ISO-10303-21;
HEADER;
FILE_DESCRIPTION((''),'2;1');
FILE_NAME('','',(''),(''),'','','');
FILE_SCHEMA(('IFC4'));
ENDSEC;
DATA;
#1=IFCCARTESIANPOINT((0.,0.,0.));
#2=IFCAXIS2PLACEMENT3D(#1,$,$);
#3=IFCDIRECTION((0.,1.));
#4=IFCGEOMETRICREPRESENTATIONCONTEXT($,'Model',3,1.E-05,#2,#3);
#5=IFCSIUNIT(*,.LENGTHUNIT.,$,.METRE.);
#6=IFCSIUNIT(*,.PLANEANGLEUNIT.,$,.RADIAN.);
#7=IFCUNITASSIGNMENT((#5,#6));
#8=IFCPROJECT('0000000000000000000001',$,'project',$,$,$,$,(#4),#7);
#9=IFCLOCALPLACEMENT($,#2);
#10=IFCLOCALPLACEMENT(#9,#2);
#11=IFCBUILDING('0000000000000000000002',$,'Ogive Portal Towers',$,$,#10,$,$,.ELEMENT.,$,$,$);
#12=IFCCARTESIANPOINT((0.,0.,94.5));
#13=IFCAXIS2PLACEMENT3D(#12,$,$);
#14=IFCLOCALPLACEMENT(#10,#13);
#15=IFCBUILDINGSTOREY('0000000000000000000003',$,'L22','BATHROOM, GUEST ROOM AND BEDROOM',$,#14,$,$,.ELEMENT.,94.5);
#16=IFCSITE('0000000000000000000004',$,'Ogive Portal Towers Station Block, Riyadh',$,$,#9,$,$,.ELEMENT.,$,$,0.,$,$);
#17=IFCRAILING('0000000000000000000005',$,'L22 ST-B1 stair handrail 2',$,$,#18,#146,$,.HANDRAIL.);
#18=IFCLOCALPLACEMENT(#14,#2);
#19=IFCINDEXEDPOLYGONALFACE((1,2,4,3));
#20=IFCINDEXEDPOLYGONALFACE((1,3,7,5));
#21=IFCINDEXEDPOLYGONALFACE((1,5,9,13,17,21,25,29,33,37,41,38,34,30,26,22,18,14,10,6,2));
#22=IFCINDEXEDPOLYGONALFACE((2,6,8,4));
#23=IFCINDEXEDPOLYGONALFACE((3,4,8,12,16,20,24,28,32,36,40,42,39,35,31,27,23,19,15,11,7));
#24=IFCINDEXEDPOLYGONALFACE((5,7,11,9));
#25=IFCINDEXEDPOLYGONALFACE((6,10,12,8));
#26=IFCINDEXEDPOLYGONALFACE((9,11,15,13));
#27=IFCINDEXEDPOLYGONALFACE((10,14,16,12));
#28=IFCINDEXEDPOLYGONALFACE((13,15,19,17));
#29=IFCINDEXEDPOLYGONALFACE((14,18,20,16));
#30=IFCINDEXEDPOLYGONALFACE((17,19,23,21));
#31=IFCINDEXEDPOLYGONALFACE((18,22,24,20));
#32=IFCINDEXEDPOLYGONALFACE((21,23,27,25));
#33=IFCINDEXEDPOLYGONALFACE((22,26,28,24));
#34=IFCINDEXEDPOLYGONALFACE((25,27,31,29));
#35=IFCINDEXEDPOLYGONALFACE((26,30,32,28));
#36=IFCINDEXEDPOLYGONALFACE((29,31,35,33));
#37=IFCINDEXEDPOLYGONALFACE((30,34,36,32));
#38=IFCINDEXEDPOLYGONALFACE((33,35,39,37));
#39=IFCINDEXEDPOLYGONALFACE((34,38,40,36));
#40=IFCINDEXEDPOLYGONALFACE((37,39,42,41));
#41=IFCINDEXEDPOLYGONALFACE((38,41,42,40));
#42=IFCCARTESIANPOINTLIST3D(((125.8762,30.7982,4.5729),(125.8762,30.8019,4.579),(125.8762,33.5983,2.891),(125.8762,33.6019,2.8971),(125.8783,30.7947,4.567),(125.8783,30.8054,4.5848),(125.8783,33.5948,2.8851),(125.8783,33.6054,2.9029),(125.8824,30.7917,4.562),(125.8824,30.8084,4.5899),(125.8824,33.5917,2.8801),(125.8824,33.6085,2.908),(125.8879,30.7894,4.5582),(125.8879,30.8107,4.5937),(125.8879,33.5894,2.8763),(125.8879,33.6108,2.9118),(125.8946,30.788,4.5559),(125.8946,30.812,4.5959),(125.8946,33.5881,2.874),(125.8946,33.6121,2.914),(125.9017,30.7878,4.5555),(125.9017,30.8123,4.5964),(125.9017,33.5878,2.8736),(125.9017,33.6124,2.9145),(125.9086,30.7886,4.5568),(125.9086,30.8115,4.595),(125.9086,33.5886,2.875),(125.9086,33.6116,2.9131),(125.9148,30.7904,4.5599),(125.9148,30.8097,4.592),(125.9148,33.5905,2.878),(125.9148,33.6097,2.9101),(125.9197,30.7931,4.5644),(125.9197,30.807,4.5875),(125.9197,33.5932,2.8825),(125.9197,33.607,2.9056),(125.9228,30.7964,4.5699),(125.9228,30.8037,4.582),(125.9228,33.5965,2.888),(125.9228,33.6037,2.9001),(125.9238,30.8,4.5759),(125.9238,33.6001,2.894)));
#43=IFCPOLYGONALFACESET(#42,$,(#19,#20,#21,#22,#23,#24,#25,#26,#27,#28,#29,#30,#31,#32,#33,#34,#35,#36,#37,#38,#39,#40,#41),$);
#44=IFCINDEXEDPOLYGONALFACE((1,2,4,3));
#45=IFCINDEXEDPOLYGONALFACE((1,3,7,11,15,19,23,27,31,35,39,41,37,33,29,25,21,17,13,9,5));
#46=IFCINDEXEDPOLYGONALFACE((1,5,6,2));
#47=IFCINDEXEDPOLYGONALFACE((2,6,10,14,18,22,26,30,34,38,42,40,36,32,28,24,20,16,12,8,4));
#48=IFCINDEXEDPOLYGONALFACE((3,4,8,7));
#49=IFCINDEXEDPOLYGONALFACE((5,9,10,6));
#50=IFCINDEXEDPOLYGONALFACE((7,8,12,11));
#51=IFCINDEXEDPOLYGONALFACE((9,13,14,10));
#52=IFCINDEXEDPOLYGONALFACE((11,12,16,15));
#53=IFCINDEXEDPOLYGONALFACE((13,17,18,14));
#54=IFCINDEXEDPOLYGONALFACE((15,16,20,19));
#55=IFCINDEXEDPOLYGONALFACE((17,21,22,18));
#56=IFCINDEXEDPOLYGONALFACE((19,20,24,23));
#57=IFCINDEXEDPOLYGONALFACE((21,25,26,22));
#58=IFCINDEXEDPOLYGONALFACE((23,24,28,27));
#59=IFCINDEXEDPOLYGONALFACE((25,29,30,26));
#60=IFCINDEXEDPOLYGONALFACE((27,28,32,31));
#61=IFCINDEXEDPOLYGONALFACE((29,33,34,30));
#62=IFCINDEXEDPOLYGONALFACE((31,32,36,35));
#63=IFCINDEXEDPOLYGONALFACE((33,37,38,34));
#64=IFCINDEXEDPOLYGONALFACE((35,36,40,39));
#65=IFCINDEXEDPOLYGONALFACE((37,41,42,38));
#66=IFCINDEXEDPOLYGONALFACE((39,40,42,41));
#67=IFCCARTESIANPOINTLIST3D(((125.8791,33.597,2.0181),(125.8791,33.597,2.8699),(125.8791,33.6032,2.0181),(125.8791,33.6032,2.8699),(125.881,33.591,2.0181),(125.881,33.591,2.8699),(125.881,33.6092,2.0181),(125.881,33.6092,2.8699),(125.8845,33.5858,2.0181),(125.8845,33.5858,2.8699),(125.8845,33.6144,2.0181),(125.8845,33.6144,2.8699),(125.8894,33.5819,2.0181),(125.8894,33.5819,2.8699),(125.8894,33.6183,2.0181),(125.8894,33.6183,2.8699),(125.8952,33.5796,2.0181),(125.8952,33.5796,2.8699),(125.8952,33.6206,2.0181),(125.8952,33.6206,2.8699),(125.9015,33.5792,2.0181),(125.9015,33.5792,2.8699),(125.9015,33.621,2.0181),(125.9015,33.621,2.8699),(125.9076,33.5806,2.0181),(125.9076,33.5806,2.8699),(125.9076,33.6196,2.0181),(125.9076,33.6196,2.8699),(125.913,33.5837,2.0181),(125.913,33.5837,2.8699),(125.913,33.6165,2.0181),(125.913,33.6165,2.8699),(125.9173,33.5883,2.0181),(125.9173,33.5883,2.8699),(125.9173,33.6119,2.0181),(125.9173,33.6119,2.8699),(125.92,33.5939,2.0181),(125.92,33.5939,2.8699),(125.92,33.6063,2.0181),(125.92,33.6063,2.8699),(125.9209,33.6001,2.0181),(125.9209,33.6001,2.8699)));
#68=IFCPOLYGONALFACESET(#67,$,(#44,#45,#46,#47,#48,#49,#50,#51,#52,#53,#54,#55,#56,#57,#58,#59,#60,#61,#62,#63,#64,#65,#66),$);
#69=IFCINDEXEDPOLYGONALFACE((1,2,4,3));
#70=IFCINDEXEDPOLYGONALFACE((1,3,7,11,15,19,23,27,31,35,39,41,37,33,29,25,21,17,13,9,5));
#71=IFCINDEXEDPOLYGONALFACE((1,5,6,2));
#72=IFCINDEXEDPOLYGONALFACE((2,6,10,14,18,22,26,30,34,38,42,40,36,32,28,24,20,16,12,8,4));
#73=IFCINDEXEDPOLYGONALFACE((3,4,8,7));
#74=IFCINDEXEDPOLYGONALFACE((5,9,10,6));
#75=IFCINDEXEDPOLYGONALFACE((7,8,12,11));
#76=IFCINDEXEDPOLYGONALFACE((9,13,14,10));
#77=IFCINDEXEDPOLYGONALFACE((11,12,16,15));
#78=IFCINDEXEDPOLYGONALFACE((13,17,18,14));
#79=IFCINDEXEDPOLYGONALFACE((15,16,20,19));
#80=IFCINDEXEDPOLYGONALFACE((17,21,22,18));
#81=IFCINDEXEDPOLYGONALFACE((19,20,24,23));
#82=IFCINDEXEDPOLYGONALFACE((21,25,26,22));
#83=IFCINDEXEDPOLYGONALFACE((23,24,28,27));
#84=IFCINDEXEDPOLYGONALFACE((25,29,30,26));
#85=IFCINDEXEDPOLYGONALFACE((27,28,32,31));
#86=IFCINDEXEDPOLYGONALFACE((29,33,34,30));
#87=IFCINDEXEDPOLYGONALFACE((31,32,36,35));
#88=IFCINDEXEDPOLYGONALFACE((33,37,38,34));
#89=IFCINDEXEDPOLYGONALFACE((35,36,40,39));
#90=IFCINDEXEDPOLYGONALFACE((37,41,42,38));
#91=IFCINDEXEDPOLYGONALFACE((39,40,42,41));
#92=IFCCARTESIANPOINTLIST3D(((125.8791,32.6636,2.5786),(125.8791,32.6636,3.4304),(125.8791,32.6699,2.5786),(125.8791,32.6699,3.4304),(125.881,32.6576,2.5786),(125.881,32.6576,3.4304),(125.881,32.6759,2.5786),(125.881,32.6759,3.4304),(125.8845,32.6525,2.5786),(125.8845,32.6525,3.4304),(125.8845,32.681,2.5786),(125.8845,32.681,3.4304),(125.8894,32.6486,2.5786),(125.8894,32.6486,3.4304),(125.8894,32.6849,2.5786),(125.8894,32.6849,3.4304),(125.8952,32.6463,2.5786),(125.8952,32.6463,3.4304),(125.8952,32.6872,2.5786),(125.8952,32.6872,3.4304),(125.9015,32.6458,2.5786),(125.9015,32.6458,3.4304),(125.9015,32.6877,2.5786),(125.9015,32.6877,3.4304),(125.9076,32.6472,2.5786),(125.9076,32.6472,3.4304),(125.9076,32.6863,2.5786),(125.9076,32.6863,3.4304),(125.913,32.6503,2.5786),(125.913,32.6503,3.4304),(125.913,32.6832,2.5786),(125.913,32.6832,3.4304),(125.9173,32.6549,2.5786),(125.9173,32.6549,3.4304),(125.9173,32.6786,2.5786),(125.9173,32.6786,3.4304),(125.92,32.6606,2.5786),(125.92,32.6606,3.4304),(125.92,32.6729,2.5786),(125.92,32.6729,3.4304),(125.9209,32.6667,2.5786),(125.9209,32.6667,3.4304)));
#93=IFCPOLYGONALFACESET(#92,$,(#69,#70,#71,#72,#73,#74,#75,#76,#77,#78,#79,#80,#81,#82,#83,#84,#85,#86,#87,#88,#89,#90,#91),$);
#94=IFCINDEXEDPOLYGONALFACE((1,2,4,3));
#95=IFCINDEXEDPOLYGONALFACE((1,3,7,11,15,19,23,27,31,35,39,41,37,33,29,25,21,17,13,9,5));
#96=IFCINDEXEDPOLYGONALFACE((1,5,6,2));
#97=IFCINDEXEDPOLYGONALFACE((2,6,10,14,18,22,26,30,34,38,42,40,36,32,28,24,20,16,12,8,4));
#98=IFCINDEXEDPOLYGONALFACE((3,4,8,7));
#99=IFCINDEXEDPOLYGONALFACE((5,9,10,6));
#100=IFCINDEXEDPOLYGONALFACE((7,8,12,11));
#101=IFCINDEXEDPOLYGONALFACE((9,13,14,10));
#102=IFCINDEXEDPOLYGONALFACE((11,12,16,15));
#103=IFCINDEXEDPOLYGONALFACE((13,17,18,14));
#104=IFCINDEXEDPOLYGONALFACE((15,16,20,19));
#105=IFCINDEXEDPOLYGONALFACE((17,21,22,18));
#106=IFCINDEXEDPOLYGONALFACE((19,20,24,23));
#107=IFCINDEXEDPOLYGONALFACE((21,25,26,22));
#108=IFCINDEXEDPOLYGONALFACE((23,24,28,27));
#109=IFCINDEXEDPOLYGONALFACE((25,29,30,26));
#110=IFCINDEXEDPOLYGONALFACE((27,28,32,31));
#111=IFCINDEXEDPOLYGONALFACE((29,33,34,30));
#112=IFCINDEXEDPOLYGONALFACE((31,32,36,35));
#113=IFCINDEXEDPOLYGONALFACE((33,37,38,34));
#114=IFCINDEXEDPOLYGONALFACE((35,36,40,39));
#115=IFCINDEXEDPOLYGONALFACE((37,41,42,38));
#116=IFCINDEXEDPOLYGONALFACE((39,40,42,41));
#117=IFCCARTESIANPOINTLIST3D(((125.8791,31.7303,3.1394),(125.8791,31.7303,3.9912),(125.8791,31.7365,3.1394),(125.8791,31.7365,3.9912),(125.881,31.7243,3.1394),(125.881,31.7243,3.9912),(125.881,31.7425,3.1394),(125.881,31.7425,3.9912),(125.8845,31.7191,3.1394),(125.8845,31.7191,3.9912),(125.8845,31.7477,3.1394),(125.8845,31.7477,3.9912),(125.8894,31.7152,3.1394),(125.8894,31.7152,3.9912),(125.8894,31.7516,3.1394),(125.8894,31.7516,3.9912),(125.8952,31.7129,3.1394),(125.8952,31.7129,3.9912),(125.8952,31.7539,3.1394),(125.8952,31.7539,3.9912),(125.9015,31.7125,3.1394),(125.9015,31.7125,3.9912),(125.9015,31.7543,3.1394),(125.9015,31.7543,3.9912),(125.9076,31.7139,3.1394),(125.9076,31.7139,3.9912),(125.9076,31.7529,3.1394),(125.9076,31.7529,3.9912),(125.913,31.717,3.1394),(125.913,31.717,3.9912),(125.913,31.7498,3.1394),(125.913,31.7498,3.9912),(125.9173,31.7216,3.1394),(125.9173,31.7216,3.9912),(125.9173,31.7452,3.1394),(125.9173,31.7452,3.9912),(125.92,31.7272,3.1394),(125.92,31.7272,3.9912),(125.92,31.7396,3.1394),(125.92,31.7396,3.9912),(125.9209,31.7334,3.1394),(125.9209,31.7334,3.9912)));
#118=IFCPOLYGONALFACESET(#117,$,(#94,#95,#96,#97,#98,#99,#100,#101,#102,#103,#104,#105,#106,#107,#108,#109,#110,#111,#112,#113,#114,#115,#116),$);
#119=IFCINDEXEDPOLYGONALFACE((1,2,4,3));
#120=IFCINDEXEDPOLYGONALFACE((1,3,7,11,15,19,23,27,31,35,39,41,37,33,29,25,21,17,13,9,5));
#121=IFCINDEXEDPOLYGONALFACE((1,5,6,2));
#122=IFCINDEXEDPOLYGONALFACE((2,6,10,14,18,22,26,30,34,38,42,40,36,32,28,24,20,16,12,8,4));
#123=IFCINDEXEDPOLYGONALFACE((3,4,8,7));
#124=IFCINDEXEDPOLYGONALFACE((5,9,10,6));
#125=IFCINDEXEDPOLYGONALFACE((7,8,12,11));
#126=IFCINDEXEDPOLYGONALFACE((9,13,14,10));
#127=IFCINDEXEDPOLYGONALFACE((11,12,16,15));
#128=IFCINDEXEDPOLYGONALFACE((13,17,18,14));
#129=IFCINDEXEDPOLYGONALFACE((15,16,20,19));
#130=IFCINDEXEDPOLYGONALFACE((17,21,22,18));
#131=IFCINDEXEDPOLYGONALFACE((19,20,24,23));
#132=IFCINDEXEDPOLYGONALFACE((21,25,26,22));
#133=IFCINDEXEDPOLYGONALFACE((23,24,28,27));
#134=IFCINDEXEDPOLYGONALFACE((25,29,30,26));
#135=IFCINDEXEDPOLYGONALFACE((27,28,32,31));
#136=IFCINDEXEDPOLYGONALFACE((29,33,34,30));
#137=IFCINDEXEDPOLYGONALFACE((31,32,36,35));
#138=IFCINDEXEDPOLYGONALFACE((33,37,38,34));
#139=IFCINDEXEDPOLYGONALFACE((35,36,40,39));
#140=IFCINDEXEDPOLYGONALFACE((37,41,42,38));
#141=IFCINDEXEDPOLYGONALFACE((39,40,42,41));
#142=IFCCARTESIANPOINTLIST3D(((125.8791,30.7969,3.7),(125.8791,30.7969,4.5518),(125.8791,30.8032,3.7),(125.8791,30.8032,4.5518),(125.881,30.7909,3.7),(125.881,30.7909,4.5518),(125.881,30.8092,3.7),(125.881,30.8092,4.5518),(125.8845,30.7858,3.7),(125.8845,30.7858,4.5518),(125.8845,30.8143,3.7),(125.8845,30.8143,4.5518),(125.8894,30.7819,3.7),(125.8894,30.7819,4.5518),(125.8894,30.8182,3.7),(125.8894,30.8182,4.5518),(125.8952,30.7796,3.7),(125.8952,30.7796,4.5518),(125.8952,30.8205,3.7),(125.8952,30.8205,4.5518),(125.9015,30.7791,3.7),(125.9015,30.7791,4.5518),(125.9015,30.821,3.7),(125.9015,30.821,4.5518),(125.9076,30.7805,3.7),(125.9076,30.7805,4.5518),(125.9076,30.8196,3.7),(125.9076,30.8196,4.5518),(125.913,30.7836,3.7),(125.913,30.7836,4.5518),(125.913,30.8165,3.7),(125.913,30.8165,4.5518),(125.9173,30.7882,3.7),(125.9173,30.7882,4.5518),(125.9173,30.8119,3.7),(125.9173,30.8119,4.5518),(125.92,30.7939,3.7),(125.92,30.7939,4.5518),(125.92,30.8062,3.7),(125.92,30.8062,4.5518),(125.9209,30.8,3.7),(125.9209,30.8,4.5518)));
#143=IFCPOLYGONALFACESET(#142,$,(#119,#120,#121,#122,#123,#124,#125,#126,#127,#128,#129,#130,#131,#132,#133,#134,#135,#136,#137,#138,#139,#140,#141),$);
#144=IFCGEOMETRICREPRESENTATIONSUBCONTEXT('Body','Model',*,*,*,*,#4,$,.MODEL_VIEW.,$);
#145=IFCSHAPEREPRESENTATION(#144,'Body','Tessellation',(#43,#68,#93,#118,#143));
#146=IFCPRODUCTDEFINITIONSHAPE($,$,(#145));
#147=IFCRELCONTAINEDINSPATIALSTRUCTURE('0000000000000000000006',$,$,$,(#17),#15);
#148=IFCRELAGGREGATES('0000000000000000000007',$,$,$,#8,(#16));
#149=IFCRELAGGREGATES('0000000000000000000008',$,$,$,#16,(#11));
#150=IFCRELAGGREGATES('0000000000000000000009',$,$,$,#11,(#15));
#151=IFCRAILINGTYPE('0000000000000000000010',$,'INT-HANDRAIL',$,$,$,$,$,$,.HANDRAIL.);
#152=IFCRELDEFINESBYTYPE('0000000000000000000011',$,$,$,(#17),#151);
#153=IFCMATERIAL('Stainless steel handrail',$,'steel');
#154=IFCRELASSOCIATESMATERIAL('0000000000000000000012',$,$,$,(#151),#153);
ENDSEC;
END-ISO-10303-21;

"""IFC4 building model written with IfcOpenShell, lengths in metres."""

from ifc_helpers import new_model, si_unit, direction, frame, origin, origin_2d, place, context, subcontext, project, spatial, circle, extrude, material, type_object, element, save


model = new_model("IFC4")

# Units and contexts
model_context = context("Model", 3, precision=1e-05, world=origin(), true_north=direction((0.0, 1.0)))
body_context = subcontext(model_context, "Body", "Model", "MODEL_VIEW")
ifc_project = project(units=[si_unit("LENGTHUNIT", "METRE"), si_unit("PLANEANGLEUNIT", "RADIAN")], contexts=[model_context])

# Site, building, storey
site_placement = place(None, origin())
site = spatial("IfcSite", under=ifc_project, at=site_placement, Name="Ogive Portal Towers Station Block, Riyadh", CompositionType="ELEMENT", RefElevation=0.0)
building_placement = place(site_placement, origin())
building = spatial("IfcBuilding", under=site, at=building_placement, Name="Ogive Portal Towers", CompositionType="ELEMENT")
storey_placement = place(building_placement, frame((0.0, 0.0, 94.5)))
storey = spatial("IfcBuildingStorey", under=building, at=storey_placement, Name="L22", Description="BATHROOM, GUEST ROOM AND BEDROOM", CompositionType="ELEMENT", Elevation=94.5)

# Railing
ifc_material_1 = material(Name="Stainless steel handrail", Category="steel")
railing_type_1 = type_object("IfcRailingType", Name="INT-HANDRAIL", PredefinedType="HANDRAIL", material=ifc_material_1)
railing_1_placement = place(storey_placement, frame((125.8999, 33.6001, 2.0181)))
element("IfcRailing", 1, at=railing_1_placement, inside=storey, type_object=railing_type_1, Name="L22 ST-B1 stair handrail 2", PredefinedType="HANDRAIL", context=body_context, shape_type="SweptSolid", body=[
    extrude(circle(Radius=0.0239, at=origin_2d()), frame((0.0, 0.0, 0.876), z_axis=(0.0, -0.857242, 0.514913), x_axis=(1.0, 0.0, 0.0)), (0.0, 0.0, 1.0), 3.2664),
    extrude(circle(Radius=0.021, at=origin_2d()), origin(), (0.0, 0.0, 1.0), 0.8518),
    extrude(circle(Radius=0.021, at=origin_2d()), frame((0.0, -0.9333, 0.5605)), (0.0, 0.0, 1.0), 0.8518),
    extrude(circle(Radius=0.021, at=origin_2d()), frame((0.0, -1.8667, 1.1213)), (0.0, 0.0, 1.0), 0.8518),
    extrude(circle(Radius=0.021, at=origin_2d()), frame((0.0, -2.8, 1.6819)), (0.0, 0.0, 1.0), 0.8518),
])

save(model, "model.ifc")
